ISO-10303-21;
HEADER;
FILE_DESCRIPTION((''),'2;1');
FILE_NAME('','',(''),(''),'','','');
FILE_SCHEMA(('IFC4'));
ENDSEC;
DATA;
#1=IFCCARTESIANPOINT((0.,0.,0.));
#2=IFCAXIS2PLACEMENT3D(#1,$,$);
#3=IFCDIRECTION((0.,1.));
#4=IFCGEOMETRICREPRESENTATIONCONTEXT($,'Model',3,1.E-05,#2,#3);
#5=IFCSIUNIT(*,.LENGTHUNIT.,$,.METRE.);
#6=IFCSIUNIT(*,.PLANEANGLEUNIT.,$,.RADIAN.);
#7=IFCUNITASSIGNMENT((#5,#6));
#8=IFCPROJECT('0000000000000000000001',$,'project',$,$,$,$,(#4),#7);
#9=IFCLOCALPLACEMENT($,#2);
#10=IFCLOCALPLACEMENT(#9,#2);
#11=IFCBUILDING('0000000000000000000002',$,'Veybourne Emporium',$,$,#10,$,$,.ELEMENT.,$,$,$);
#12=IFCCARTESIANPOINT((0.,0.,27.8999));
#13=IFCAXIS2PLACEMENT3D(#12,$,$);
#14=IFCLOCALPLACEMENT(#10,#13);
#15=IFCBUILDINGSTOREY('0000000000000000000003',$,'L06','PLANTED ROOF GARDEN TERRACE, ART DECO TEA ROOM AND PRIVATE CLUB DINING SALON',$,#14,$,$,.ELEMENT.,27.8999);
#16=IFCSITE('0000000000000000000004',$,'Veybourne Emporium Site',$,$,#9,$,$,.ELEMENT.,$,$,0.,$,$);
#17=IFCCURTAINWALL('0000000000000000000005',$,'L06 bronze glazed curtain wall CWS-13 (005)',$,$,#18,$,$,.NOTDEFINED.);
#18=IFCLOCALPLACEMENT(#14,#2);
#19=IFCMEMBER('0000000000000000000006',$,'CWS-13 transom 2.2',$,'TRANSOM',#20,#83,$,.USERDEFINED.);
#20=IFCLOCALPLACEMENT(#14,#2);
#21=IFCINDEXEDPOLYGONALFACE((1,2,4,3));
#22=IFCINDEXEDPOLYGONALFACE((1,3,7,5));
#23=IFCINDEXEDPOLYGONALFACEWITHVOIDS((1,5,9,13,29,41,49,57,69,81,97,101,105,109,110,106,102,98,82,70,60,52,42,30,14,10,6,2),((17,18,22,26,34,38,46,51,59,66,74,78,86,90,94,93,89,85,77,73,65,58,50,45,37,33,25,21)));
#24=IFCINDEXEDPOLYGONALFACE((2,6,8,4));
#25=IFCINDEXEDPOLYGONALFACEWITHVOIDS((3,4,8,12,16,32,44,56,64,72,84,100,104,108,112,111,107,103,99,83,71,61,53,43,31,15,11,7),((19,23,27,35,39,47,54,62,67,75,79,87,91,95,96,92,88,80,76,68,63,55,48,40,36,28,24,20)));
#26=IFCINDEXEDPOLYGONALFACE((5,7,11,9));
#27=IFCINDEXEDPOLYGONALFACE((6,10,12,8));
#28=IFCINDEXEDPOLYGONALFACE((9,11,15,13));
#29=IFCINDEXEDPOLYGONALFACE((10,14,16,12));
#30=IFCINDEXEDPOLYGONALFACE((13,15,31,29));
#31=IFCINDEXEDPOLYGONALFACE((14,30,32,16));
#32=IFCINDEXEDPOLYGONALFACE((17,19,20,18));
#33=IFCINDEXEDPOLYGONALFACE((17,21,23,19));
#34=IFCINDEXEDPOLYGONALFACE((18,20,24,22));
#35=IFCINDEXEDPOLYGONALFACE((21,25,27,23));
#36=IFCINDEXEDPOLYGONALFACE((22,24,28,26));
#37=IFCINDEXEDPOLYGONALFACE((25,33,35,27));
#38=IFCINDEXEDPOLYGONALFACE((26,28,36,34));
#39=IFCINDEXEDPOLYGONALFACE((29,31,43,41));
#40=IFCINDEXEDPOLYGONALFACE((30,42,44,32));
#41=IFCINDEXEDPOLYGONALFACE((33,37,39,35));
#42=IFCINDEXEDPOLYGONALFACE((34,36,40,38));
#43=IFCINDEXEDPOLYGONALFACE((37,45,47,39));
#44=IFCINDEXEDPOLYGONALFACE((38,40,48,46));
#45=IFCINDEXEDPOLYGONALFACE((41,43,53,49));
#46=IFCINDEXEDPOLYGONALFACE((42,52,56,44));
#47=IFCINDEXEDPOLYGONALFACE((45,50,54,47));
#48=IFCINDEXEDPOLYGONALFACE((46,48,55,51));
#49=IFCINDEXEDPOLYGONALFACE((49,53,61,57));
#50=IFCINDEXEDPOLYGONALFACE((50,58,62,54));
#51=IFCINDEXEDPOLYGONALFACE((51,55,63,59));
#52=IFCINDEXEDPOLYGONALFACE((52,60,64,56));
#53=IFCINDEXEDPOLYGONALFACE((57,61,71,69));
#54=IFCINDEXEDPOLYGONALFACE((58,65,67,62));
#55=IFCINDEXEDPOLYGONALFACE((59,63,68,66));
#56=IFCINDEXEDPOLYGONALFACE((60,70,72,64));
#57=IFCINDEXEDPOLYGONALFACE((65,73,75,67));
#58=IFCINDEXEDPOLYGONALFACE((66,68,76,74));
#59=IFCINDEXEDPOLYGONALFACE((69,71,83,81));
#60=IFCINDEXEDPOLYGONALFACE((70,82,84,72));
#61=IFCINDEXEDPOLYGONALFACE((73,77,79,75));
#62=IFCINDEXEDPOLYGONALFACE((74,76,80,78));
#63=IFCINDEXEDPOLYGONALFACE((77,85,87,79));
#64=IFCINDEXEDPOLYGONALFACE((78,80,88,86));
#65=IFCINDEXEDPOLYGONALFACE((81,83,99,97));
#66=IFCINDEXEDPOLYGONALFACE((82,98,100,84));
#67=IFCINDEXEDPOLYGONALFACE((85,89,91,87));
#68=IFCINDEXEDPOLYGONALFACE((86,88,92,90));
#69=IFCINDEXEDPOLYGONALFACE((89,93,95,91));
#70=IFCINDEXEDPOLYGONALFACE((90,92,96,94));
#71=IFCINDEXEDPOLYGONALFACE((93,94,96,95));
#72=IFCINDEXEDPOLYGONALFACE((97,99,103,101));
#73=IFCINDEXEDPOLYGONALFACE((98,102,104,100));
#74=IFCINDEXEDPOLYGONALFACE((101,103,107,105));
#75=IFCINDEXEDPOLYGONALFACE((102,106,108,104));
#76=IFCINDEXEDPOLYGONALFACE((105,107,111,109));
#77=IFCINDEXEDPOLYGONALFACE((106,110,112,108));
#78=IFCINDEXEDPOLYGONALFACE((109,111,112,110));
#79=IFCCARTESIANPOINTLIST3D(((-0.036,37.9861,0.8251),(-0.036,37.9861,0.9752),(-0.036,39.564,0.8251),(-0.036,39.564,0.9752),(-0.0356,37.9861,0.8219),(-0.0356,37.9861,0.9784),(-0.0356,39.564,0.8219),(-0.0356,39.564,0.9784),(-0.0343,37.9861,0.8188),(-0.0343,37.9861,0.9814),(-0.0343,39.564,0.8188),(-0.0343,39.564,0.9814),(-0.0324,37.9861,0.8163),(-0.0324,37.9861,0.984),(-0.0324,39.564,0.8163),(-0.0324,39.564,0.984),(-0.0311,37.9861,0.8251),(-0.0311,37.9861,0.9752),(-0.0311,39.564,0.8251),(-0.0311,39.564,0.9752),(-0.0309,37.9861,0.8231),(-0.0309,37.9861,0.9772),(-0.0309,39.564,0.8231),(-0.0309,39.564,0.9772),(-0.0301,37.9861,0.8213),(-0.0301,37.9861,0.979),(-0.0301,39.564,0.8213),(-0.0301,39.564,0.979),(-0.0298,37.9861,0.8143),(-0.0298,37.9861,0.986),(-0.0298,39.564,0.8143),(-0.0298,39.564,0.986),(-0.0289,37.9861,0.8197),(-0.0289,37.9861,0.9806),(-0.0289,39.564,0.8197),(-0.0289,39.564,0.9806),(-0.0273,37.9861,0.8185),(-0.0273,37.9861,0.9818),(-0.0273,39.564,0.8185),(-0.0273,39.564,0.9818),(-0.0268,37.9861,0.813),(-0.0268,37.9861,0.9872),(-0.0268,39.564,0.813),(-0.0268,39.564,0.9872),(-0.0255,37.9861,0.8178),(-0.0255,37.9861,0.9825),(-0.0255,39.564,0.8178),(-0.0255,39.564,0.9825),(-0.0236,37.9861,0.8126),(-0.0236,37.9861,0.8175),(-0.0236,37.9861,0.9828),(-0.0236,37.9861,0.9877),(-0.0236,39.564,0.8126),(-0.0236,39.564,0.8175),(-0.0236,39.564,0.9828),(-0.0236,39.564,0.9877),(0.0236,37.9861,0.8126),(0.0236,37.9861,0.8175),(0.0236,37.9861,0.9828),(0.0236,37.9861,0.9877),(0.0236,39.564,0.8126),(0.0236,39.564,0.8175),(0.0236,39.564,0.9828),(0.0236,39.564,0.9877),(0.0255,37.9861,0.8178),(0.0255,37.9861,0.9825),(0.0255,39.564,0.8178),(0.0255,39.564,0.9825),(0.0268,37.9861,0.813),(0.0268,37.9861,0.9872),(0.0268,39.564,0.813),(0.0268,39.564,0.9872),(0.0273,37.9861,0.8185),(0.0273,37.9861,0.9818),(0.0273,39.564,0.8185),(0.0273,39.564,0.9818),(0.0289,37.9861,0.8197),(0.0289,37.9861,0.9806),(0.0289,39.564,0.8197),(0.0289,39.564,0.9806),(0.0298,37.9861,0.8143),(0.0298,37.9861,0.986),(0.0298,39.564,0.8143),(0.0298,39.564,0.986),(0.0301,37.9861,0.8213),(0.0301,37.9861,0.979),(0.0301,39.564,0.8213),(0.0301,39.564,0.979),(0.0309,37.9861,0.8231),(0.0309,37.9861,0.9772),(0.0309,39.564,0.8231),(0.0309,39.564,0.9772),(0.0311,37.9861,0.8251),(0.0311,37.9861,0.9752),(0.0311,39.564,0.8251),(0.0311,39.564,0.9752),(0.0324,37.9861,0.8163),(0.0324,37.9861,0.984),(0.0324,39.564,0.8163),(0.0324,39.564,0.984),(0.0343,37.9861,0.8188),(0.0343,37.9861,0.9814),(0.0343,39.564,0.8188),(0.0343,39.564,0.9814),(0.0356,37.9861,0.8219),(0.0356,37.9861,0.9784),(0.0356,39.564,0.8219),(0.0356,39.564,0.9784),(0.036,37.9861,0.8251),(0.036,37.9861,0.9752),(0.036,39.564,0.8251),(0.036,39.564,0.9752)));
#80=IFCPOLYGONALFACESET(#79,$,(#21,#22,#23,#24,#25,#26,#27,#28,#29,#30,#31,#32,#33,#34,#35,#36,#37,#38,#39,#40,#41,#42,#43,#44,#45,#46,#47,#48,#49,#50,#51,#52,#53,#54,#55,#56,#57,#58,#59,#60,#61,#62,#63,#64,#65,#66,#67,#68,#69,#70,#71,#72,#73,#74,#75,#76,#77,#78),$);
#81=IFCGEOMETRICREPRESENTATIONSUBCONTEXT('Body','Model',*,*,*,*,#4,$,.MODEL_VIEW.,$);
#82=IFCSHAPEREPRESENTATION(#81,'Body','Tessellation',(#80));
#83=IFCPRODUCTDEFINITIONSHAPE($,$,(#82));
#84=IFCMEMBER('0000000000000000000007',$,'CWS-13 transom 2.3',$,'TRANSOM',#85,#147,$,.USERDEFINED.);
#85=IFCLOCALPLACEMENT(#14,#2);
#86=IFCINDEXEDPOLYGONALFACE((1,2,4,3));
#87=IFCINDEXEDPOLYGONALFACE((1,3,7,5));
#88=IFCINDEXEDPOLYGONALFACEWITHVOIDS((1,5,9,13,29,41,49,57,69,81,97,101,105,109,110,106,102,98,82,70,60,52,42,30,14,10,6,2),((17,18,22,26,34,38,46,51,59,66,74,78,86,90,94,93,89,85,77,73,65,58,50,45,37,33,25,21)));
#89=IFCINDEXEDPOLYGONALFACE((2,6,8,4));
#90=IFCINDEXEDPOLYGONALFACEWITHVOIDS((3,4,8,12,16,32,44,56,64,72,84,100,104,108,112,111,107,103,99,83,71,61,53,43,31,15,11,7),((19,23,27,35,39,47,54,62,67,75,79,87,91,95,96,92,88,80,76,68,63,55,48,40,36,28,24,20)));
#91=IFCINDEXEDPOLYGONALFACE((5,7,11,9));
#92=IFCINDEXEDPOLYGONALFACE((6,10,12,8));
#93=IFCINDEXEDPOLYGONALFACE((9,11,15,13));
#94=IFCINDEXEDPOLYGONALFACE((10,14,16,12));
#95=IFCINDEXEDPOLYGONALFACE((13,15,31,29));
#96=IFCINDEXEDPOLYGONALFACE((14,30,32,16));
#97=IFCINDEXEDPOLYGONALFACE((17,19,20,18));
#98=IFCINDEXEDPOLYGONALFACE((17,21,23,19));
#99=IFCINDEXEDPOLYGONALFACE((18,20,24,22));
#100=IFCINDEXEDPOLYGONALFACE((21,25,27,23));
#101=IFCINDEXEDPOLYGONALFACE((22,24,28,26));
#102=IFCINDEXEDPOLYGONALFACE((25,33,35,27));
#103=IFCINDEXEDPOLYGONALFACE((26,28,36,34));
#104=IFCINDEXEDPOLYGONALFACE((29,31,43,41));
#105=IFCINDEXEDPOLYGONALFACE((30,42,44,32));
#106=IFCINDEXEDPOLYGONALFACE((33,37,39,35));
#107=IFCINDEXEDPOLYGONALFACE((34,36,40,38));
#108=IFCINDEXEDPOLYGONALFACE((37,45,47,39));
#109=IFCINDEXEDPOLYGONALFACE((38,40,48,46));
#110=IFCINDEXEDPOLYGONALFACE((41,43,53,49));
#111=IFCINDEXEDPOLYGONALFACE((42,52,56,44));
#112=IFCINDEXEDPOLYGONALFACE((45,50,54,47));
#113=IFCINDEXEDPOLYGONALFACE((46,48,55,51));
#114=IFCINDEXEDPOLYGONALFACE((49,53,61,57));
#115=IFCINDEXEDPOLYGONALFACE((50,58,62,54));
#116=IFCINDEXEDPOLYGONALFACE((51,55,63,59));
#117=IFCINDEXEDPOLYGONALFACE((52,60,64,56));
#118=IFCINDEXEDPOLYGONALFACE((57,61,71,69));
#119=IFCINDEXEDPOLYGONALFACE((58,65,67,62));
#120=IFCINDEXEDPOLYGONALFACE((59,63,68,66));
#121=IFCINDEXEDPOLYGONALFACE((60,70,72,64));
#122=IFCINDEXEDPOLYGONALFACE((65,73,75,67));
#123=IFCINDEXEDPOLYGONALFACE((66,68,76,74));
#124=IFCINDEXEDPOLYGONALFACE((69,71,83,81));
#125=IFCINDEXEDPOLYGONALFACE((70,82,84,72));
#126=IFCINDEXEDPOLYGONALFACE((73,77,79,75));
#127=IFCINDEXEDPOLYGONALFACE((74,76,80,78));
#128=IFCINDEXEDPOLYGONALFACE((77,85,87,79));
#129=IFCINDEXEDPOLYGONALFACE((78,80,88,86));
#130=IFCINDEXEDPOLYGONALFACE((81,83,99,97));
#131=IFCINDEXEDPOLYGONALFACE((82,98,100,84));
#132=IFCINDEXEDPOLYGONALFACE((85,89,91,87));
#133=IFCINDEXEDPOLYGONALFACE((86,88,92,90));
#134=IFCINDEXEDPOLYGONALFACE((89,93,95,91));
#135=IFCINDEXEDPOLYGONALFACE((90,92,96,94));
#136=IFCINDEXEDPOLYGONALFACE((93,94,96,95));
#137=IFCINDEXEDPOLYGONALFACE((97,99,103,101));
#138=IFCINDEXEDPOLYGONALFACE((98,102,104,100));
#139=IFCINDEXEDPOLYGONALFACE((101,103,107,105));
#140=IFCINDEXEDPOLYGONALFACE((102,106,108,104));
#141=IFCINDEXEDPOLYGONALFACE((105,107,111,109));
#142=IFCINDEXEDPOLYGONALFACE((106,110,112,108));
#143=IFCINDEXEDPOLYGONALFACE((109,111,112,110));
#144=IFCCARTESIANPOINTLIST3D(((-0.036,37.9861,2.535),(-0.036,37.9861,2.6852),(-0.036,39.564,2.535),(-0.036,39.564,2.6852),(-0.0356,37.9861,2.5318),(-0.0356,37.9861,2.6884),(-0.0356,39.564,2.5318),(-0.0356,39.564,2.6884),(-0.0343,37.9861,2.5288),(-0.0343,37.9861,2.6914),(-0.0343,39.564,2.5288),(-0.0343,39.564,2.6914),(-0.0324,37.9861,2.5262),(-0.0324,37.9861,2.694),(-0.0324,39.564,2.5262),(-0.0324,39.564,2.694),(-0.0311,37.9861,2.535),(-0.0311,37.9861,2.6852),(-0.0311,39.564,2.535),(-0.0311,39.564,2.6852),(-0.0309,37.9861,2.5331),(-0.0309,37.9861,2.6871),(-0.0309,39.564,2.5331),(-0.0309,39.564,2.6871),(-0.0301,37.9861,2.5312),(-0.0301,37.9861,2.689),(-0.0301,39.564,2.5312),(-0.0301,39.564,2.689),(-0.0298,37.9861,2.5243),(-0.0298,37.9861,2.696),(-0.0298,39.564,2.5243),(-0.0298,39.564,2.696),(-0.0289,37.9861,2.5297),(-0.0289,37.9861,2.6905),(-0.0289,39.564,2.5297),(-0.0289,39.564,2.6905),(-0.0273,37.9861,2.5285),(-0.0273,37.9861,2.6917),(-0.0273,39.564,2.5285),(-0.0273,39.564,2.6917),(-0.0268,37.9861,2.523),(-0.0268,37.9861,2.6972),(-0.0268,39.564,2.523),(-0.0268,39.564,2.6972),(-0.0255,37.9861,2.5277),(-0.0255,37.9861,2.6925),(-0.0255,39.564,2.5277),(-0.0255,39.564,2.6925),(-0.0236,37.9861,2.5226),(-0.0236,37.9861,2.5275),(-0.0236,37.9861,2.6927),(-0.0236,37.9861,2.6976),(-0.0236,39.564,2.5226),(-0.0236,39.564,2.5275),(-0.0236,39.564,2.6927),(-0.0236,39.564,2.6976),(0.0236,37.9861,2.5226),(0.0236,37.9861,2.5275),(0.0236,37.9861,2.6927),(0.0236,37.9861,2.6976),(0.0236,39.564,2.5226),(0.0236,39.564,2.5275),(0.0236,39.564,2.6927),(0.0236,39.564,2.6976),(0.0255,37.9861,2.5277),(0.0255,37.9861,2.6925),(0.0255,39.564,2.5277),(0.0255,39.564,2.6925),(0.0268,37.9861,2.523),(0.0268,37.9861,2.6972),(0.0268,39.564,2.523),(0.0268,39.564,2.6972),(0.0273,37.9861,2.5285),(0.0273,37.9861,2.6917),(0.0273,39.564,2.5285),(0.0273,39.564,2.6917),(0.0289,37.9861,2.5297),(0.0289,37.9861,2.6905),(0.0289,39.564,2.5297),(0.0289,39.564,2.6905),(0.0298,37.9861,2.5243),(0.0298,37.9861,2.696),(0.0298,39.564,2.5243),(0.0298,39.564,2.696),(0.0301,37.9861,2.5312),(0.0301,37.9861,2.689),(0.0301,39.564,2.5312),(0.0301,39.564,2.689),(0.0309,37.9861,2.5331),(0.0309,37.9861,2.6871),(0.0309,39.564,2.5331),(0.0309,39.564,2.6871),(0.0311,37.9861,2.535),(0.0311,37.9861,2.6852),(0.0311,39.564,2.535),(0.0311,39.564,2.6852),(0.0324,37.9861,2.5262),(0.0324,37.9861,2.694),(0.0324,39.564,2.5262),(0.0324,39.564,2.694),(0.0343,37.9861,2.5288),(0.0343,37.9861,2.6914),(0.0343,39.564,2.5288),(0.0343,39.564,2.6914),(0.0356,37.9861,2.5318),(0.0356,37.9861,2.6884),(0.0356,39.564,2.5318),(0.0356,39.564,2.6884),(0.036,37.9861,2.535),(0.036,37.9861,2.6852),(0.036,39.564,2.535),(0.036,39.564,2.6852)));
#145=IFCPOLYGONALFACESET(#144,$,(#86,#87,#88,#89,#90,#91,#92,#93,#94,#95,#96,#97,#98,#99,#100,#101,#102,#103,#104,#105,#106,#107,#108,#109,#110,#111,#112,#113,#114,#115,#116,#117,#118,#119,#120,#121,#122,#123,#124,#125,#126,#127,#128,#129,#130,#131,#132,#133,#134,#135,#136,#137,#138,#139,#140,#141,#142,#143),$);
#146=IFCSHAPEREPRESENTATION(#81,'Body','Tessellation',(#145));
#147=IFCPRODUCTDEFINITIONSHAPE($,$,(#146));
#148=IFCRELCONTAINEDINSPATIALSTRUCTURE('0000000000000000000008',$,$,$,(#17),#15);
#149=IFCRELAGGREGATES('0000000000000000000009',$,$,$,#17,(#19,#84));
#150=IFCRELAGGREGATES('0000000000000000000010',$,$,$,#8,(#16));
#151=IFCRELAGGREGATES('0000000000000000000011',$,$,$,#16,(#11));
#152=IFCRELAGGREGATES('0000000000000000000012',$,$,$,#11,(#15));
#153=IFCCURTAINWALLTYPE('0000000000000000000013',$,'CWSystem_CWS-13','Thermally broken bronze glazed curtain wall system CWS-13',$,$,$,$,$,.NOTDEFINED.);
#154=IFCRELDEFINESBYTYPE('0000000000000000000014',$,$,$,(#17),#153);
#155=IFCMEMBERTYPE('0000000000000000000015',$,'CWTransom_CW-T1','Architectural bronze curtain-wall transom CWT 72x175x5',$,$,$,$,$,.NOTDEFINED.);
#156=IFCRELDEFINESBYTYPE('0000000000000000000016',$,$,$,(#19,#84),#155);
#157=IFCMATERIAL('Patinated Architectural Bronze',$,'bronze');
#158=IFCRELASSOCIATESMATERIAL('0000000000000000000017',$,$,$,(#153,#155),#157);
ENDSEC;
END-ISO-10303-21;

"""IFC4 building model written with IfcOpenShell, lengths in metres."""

from ifc_helpers import new_model, si_unit, direction, frame, origin, origin_2d, place, context, subcontext, project, spatial, hollow_rectangle, extrude, material, material_profile, profile_set, type_object, element, aggregate, save


model = new_model("IFC4")

# Units and contexts
model_context = context("Model", 3, precision=1e-05, world=origin(), true_north=direction((0.0, 1.0)))
body_context = subcontext(model_context, "Body", "Model", "MODEL_VIEW")
ifc_project = project(units=[si_unit("LENGTHUNIT", "METRE"), si_unit("PLANEANGLEUNIT", "RADIAN")], contexts=[model_context])

# Site, building, storey
site_placement = place(None, origin())
site = spatial("IfcSite", under=ifc_project, at=site_placement, Name="Veybourne Emporium Site", CompositionType="ELEMENT", RefElevation=0.0)
building_placement = place(site_placement, origin())
building = spatial("IfcBuilding", under=site, at=building_placement, Name="Veybourne Emporium", CompositionType="ELEMENT")
storey_placement = place(building_placement, frame((0.0, 0.0, 27.8999)))
storey = spatial("IfcBuildingStorey", under=building, at=storey_placement, Name="L06", Description="PLANTED ROOF GARDEN TERRACE, ART DECO TEA ROOM AND PRIVATE CLUB DINING SALON", CompositionType="ELEMENT", Elevation=27.8999)

# Curtain wall
ifc_material_1 = material(Name="Patinated Architectural Bronze", Category="bronze")
curtain_wall_type_1 = type_object("IfcCurtainWallType", Name="CWSystem_CWS-13", Description="Thermally broken bronze glazed curtain wall system CWS-13", PredefinedType="NOTDEFINED", material=ifc_material_1)
curtain_wall_1_placement = place(storey_placement, origin())
curtain_wall_1 = element("IfcCurtainWall", 1, at=curtain_wall_1_placement, inside=storey, type_object=curtain_wall_type_1, Name="L06 bronze glazed curtain wall CWS-13 (005)", PredefinedType="NOTDEFINED")

# Members
ifc_material_profile_1 = material_profile(ifc_material_1, hollow_rectangle(XDim=0.072, YDim=0.175, WallThickness=0.0049, InnerFilletRadius=0.0076, OuterFilletRadius=0.0125, at=origin_2d()), Name="CWT 72x175x5")
ifc_profile_set_1 = profile_set([ifc_material_profile_1], Name="Patinated Architectural Bronze")
member_type_1 = type_object("IfcMemberType", Name="CWTransom_CW-T1", Description="Architectural bronze curtain-wall transom CWT 72x175x5", PredefinedType="NOTDEFINED", material=ifc_profile_set_1)
member_1_placement = place(storey_placement, frame((0.0, 37.9861, 0.9001), z_axis=(0.0, 1.0, 0.0), x_axis=(-1.0, 0.0, 0.0)))
member_1 = element("IfcMember", 2, at=member_1_placement, type_object=member_type_1, Name="CWS-13 transom 2.2", ObjectType="TRANSOM", PredefinedType="USERDEFINED", context=body_context, shape_type="SweptSolid", body=[
    extrude(hollow_rectangle(XDim=0.072, YDim=0.175, WallThickness=0.0049, InnerFilletRadius=0.0076, OuterFilletRadius=0.0125, at=origin_2d()), origin(), (0.0, 0.0, 1.0), 1.5779),
])
member_2_placement = place(storey_placement, frame((0.0, 37.9861, 2.6101), z_axis=(0.0, 1.0, 0.0), x_axis=(-1.0, 0.0, 0.0)))
member_2 = element("IfcMember", 3, at=member_2_placement, type_object=member_type_1, Name="CWS-13 transom 2.3", ObjectType="TRANSOM", PredefinedType="USERDEFINED", context=body_context, shape_type="SweptSolid", body=[
    extrude(hollow_rectangle(XDim=0.072, YDim=0.175, WallThickness=0.0049, InnerFilletRadius=0.0076, OuterFilletRadius=0.0125, at=origin_2d()), origin(), (0.0, 0.0, 1.0), 1.5779),
])

aggregate(curtain_wall_1, [member_1, member_2])

save(model, "model.ifc")
